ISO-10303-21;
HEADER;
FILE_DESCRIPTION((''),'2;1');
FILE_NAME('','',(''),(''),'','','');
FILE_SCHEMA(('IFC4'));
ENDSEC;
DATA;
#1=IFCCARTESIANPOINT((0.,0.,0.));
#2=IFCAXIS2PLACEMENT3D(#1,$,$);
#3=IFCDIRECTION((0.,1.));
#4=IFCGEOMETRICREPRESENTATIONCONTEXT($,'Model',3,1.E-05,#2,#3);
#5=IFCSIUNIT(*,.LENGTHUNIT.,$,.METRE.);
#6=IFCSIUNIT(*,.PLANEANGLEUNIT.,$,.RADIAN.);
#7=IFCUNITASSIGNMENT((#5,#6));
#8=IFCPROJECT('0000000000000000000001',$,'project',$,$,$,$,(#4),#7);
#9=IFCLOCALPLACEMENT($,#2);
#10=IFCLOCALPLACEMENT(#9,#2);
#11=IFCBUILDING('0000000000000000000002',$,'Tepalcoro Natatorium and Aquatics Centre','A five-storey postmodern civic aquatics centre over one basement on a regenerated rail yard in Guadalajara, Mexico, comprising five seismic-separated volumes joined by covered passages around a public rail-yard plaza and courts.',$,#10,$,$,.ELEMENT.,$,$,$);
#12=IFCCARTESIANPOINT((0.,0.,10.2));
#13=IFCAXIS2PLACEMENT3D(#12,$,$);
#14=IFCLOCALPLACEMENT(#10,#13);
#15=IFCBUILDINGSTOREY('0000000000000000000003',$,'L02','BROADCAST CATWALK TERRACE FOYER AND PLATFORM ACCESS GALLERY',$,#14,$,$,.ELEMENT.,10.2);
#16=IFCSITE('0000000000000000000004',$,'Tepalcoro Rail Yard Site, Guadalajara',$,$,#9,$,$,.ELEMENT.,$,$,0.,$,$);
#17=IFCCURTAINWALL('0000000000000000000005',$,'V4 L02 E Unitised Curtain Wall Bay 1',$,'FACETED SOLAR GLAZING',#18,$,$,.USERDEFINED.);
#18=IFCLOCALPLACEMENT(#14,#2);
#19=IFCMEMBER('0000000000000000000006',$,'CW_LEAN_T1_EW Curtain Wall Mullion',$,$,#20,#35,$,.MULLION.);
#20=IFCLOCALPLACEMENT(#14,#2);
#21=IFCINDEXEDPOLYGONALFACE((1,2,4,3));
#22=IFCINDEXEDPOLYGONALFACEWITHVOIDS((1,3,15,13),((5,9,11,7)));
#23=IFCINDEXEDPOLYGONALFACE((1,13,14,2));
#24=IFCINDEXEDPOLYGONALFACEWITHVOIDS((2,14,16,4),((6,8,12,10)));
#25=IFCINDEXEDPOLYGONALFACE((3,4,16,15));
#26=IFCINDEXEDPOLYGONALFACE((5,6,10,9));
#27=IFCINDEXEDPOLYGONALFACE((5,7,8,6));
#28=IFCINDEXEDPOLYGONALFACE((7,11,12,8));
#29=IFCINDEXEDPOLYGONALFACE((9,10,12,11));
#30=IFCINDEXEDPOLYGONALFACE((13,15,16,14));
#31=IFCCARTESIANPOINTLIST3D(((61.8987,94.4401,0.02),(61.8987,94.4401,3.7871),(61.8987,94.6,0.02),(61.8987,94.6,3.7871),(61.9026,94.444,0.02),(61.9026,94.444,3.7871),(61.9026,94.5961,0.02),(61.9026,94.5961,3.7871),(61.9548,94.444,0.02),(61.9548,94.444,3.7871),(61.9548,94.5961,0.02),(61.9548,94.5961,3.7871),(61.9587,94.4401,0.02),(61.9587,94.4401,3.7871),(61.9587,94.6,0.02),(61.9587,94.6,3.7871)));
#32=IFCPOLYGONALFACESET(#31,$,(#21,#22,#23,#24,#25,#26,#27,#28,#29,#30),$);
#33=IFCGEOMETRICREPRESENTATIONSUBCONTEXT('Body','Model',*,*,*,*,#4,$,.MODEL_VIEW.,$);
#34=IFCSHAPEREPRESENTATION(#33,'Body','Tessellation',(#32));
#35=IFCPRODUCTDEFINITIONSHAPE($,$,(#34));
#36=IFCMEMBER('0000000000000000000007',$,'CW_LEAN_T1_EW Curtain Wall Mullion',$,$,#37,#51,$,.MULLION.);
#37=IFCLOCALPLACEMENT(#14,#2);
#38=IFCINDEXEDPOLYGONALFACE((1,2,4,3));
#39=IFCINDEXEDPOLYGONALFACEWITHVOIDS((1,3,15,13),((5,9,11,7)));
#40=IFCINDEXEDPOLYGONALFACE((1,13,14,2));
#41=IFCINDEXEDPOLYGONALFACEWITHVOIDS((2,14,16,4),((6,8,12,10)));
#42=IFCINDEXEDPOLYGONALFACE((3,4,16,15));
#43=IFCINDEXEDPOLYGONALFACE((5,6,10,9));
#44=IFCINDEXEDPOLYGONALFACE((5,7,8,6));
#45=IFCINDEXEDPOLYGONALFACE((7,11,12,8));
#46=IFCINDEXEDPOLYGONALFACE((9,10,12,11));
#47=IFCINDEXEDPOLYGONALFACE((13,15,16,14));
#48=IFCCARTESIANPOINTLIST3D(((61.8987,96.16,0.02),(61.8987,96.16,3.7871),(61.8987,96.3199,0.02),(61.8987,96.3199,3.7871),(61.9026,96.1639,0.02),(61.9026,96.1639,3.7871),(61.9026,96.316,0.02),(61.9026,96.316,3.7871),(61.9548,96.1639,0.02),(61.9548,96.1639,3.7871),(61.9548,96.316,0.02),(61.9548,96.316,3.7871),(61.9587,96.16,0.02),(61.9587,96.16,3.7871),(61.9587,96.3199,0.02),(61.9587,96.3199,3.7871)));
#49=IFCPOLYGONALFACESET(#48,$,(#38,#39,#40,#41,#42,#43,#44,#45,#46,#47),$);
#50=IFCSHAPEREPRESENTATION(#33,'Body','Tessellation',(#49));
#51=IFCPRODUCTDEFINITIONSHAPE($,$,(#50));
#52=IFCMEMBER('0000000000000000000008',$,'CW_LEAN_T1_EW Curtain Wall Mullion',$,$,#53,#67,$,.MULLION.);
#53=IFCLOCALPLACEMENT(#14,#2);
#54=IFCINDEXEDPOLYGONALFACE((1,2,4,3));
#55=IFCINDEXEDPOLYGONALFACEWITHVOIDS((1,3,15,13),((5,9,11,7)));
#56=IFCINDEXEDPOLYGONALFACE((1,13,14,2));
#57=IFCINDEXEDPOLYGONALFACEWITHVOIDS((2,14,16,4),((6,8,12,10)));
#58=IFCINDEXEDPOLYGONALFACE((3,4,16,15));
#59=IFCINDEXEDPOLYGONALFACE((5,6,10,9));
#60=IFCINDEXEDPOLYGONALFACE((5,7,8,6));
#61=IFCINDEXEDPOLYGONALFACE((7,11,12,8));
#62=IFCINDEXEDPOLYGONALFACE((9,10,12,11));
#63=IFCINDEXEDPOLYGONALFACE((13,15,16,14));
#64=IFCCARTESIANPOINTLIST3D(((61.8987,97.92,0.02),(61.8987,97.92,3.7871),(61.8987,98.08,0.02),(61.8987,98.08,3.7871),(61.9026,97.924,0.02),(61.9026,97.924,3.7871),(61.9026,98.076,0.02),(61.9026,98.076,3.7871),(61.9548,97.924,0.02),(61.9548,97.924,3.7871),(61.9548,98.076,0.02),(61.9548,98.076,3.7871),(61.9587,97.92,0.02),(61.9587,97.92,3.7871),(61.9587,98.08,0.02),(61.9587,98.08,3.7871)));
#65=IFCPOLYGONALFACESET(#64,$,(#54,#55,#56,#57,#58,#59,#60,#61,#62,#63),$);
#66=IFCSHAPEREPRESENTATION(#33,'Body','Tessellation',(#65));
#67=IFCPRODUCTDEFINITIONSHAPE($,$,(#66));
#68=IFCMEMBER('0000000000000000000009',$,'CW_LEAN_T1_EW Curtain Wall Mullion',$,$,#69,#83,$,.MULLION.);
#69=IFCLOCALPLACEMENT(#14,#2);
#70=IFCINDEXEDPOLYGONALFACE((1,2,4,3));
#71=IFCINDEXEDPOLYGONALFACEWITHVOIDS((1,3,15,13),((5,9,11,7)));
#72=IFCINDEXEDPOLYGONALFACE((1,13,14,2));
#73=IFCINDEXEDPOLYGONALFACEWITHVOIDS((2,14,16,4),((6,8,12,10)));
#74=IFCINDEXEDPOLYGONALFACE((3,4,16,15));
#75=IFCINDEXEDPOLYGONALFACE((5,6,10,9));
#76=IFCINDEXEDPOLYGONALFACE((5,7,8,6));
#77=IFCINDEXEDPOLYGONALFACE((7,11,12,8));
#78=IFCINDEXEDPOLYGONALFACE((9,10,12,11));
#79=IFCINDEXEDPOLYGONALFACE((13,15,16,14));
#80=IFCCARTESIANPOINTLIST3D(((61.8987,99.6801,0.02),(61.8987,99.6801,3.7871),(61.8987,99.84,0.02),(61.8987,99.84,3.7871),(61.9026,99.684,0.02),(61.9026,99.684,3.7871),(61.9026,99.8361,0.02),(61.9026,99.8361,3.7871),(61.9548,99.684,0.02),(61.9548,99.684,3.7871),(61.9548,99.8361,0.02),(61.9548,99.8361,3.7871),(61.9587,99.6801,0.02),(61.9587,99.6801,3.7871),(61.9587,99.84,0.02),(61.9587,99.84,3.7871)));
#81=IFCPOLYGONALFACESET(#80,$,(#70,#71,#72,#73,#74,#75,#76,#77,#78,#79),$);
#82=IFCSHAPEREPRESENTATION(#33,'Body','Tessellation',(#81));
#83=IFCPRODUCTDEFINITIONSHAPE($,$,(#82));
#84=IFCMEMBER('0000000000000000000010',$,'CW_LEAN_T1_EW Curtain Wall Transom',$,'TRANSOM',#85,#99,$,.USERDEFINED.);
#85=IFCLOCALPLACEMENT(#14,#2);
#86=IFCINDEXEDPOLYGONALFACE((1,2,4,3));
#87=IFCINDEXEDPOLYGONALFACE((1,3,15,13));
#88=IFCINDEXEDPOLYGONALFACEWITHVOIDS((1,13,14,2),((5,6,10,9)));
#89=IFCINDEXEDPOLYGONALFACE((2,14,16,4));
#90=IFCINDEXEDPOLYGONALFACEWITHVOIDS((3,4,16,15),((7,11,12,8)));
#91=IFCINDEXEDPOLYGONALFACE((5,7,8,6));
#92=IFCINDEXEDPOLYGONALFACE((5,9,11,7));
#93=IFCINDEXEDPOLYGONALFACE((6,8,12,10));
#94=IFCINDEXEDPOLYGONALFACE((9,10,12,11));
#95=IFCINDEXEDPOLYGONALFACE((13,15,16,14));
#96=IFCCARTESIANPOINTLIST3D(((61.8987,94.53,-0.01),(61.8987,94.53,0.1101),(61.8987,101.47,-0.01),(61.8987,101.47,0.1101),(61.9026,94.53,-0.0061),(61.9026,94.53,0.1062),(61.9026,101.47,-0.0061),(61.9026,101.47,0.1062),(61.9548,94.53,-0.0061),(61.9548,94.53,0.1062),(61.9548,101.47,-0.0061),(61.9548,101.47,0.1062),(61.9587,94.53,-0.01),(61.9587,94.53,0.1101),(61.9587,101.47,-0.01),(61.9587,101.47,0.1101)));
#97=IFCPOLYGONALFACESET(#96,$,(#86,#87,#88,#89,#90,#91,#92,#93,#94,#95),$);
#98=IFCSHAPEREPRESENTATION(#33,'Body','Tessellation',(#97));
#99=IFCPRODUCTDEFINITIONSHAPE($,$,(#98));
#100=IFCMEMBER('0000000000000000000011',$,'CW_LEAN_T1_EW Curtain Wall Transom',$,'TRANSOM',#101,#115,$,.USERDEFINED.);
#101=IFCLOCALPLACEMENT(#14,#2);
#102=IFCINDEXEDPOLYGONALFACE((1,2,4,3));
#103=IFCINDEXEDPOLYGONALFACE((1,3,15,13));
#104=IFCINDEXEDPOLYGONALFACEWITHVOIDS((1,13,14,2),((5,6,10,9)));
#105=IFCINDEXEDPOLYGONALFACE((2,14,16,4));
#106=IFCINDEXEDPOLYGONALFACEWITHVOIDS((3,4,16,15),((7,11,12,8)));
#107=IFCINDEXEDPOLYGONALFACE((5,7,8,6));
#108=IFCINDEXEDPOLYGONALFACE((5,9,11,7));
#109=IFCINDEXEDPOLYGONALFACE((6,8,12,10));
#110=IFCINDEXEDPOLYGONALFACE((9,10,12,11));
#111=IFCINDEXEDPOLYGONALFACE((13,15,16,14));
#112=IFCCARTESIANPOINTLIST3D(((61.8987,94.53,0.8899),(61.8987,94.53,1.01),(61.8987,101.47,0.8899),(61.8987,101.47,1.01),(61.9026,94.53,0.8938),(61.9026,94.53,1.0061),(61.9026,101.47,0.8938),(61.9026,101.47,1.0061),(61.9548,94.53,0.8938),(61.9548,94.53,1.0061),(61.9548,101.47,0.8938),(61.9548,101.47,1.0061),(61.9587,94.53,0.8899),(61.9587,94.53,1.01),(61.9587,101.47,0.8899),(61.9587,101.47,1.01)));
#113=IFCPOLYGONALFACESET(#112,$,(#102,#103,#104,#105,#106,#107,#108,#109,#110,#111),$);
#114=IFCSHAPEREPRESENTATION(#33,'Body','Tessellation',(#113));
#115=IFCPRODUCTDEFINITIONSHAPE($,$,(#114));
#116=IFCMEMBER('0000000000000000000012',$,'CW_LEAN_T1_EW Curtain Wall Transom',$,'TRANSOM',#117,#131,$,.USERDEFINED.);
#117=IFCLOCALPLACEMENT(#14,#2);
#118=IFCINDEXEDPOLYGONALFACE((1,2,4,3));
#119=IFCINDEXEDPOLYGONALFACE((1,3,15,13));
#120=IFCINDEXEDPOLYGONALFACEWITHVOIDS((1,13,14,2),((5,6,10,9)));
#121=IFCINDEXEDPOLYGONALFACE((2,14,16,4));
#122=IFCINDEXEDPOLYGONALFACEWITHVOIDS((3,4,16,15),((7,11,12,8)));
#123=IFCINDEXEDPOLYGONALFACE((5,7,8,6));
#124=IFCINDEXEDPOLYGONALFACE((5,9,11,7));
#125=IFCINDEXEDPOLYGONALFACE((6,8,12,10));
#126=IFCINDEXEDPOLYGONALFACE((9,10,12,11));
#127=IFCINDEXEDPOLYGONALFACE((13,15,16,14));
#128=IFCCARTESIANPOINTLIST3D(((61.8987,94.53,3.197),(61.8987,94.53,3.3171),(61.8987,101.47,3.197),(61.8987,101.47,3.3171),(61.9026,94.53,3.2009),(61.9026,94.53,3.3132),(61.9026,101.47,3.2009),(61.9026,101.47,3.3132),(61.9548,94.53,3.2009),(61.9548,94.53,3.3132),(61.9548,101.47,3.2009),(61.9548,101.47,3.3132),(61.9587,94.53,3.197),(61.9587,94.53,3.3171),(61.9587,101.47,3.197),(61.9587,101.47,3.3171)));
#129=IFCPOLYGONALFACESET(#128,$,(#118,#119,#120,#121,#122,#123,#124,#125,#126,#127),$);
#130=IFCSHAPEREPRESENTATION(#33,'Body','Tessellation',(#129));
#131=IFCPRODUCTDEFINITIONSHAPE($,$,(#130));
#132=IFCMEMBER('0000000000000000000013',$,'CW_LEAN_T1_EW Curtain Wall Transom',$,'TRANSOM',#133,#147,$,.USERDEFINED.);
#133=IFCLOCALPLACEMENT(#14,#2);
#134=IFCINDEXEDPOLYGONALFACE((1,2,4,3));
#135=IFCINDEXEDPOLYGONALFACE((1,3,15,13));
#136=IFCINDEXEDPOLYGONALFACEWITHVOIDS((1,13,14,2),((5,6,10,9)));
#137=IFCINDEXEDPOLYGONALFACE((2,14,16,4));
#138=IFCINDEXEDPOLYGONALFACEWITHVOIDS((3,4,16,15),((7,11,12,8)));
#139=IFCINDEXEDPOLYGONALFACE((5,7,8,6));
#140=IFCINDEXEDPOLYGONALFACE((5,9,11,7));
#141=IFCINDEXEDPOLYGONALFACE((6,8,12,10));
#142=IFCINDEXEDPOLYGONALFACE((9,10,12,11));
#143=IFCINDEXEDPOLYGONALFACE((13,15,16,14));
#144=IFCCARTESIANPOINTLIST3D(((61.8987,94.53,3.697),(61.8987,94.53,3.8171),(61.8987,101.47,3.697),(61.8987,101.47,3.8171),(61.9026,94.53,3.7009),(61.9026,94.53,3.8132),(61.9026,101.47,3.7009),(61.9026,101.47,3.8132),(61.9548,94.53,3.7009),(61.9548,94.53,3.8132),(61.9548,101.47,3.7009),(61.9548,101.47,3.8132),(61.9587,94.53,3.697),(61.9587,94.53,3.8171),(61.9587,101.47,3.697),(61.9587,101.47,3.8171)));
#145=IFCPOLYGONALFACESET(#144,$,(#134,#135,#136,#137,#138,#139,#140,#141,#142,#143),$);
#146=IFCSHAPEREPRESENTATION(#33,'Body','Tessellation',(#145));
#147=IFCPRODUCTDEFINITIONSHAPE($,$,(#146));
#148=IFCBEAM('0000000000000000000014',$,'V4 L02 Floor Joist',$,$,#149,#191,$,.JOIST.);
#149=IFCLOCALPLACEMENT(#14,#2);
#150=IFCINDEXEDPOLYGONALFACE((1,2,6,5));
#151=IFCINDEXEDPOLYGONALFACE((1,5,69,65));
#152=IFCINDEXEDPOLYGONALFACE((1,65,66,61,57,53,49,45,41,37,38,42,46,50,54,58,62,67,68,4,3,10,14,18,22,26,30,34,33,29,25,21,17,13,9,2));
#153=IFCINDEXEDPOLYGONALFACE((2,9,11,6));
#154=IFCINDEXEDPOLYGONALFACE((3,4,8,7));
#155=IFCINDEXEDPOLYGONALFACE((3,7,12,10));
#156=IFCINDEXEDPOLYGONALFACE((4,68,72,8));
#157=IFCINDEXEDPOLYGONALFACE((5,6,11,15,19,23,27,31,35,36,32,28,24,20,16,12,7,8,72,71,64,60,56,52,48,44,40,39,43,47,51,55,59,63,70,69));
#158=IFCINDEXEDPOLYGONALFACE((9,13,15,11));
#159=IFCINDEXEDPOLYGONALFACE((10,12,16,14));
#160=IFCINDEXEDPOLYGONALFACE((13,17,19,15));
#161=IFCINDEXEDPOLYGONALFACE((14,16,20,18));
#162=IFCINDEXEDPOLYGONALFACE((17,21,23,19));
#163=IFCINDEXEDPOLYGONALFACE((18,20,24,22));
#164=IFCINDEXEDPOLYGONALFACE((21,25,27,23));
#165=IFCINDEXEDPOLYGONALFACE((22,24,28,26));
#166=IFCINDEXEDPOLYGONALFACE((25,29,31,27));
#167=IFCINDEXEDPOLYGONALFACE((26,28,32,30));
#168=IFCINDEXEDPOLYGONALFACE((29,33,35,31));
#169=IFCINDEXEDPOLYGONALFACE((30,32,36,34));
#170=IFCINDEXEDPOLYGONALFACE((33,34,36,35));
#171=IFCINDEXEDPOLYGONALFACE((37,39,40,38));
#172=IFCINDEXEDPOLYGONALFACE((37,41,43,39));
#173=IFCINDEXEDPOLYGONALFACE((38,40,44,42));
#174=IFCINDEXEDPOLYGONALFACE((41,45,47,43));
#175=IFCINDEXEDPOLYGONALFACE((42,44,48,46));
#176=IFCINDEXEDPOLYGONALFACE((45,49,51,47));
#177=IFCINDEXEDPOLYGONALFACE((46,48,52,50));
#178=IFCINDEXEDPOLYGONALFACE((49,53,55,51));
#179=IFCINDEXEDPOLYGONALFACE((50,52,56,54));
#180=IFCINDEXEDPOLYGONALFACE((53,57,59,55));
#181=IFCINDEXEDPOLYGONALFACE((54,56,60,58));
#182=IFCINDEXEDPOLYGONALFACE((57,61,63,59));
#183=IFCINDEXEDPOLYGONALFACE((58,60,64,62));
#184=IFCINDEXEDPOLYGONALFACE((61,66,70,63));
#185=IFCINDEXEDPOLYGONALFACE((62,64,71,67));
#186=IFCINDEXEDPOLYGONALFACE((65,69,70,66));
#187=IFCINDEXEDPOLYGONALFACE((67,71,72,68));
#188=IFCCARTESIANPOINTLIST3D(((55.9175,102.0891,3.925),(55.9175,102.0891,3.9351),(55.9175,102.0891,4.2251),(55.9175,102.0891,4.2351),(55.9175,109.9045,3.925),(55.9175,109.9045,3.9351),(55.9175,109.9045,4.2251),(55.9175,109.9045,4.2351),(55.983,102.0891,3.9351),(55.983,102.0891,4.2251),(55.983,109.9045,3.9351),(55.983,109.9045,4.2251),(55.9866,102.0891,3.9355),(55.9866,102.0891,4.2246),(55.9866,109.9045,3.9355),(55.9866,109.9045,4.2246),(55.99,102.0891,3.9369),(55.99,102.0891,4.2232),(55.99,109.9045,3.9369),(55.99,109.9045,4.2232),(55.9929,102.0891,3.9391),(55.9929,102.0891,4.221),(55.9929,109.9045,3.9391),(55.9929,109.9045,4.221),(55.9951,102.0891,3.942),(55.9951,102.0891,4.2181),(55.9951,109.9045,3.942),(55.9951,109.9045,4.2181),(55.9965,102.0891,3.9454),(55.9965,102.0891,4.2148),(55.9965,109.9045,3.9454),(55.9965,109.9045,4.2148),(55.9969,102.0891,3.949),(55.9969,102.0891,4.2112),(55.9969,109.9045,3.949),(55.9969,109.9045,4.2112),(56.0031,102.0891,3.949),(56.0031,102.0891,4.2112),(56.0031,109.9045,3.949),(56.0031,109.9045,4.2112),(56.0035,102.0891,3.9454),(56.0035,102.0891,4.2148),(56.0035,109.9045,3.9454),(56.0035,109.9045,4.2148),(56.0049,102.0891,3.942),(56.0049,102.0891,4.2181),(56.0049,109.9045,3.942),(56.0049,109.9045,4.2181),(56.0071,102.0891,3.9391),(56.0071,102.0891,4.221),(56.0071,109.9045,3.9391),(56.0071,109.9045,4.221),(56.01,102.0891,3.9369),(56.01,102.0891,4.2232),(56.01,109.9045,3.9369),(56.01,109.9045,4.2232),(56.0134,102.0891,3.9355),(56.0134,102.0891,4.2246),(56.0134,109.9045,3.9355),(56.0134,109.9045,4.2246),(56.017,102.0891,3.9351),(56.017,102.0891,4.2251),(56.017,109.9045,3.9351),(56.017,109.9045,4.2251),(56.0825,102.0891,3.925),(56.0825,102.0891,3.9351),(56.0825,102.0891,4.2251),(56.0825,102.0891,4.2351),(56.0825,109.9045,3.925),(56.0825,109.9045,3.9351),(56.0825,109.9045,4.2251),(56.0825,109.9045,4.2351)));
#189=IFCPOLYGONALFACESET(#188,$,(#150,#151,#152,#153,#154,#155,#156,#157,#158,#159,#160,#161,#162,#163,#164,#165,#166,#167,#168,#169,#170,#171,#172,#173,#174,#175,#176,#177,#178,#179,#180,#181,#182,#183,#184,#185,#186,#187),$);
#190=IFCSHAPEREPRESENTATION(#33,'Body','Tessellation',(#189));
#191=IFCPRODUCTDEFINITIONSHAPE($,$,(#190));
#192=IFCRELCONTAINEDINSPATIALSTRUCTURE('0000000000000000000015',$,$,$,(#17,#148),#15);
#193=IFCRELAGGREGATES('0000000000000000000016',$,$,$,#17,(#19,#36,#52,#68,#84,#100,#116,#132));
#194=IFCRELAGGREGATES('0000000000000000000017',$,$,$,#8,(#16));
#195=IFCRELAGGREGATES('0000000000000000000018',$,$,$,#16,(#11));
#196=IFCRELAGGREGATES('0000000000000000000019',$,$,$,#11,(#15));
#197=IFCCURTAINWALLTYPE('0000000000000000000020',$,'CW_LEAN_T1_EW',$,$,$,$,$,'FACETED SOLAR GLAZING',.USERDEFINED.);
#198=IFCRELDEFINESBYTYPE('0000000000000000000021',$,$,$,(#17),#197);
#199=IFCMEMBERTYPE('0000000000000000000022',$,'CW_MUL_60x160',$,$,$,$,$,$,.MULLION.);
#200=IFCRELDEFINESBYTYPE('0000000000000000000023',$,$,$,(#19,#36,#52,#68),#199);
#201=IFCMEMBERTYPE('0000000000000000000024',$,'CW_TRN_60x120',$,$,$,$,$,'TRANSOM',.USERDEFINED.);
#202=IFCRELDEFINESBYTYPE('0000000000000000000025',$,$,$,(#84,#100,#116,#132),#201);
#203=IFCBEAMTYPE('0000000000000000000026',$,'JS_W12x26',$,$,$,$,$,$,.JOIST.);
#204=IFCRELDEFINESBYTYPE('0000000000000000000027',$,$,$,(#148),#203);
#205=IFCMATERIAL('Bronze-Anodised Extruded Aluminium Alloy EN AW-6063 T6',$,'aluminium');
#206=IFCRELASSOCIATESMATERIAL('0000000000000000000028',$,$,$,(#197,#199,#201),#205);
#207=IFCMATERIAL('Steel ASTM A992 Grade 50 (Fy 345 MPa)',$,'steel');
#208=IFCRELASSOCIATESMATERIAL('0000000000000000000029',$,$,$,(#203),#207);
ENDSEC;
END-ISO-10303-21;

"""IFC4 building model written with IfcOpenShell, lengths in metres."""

from ifc_helpers import new_model, si_unit, direction, frame, origin, origin_2d, place, context, subcontext, project, spatial, hollow_rectangle, i_section, extrude, material, material_profile, profile_set, type_object, element, aggregate, save


model = new_model("IFC4")

# Units and contexts
model_context = context("Model", 3, precision=1e-05, world=origin(), true_north=direction((0.0, 1.0)))
body_context = subcontext(model_context, "Body", "Model", "MODEL_VIEW")
ifc_project = project(units=[si_unit("LENGTHUNIT", "METRE"), si_unit("PLANEANGLEUNIT", "RADIAN")], contexts=[model_context])

# Site, building, storey
site_placement = place(None, origin())
site = spatial("IfcSite", under=ifc_project, at=site_placement, Name="Tepalcoro Rail Yard Site, Guadalajara", CompositionType="ELEMENT", RefElevation=0.0)
building_placement = place(site_placement, origin())
building = spatial("IfcBuilding", under=site, at=building_placement, Name="Tepalcoro Natatorium and Aquatics Centre", Description="A five-storey postmodern civic aquatics centre over one basement on a regenerated rail yard in Guadalajara, Mexico, comprising five seismic-separated volumes joined by covered passages around a public rail-yard plaza and courts.", CompositionType="ELEMENT")
storey_placement = place(building_placement, frame((0.0, 0.0, 10.2)))
storey = spatial("IfcBuildingStorey", under=building, at=storey_placement, Name="L02", Description="BROADCAST CATWALK TERRACE FOYER AND PLATFORM ACCESS GALLERY", CompositionType="ELEMENT", Elevation=10.2)

# Curtain wall, members
ifc_material_1 = material(Name="Bronze-Anodised Extruded Aluminium Alloy EN AW-6063 T6", Category="aluminium")
curtain_wall_type = type_object("IfcCurtainWallType", Name="CW_LEAN_T1_EW", ElementType="FACETED SOLAR GLAZING", PredefinedType="USERDEFINED", material=ifc_material_1)
curtain_wall_placement = place(storey_placement, origin())
curtain_wall = element("IfcCurtainWall", 1, at=curtain_wall_placement, inside=storey, type_object=curtain_wall_type, Name="V4 L02 E Unitised Curtain Wall Bay 1", ObjectType="FACETED SOLAR GLAZING", PredefinedType="USERDEFINED")
ifc_material_profile_1 = material_profile(ifc_material_1, hollow_rectangle(XDim=0.0601, YDim=0.1599, WallThickness=0.0039, at=origin_2d()), Name="AL60X160X4")
ifc_profile_set_1 = profile_set([ifc_material_profile_1], Name="Bronze-Anodised Extruded Aluminium Alloy EN AW-6063 T6")
member_type_1 = type_object("IfcMemberType", Name="CW_MUL_60x160", PredefinedType="MULLION", material=ifc_profile_set_1)
member_1_placement = place(storey_placement, frame((61.9287, 94.52, 0.02), z_axis=(0.0, 0.0, 1.0), x_axis=(1.0, 0.0, 0.0)))
member_1 = element("IfcMember", 2, at=member_1_placement, type_object=member_type_1, Name="CW_LEAN_T1_EW Curtain Wall Mullion", PredefinedType="MULLION", context=body_context, shape_type="SweptSolid", body=[
    extrude(hollow_rectangle(XDim=0.0601, YDim=0.1599, WallThickness=0.0039, at=origin_2d()), origin(), (0.0, 0.0, 1.0), 3.7671),
])
member_2_placement = place(storey_placement, frame((61.9287, 96.24, 0.02), z_axis=(0.0, 0.0, 1.0), x_axis=(1.0, 0.0, 0.0)))
member_2 = element("IfcMember", 3, at=member_2_placement, type_object=member_type_1, Name="CW_LEAN_T1_EW Curtain Wall Mullion", PredefinedType="MULLION", context=body_context, shape_type="SweptSolid", body=[
    extrude(hollow_rectangle(XDim=0.0601, YDim=0.1599, WallThickness=0.0039, at=origin_2d()), origin(), (0.0, 0.0, 1.0), 3.7671),
])
member_3_placement = place(storey_placement, frame((61.9287, 98.0, 0.02), z_axis=(0.0, 0.0, 1.0), x_axis=(1.0, 0.0, 0.0)))
member_3 = element("IfcMember", 4, at=member_3_placement, type_object=member_type_1, Name="CW_LEAN_T1_EW Curtain Wall Mullion", PredefinedType="MULLION", context=body_context, shape_type="SweptSolid", body=[
    extrude(hollow_rectangle(XDim=0.0601, YDim=0.1599, WallThickness=0.0039, at=origin_2d()), origin(), (0.0, 0.0, 1.0), 3.7671),
])
member_4_placement = place(storey_placement, frame((61.9287, 99.76, 0.02), z_axis=(0.0, 0.0, 1.0), x_axis=(1.0, 0.0, 0.0)))
member_4 = element("IfcMember", 5, at=member_4_placement, type_object=member_type_1, Name="CW_LEAN_T1_EW Curtain Wall Mullion", PredefinedType="MULLION", context=body_context, shape_type="SweptSolid", body=[
    extrude(hollow_rectangle(XDim=0.0601, YDim=0.1599, WallThickness=0.0039, at=origin_2d()), origin(), (0.0, 0.0, 1.0), 3.7671),
])
ifc_material_profile_2 = material_profile(ifc_material_1, hollow_rectangle(XDim=0.0601, YDim=0.1201, WallThickness=0.0039, at=origin_2d()), Name="AL60X120X4")
ifc_profile_set_2 = profile_set([ifc_material_profile_2], Name="Bronze-Anodised Extruded Aluminium Alloy EN AW-6063 T6")
member_type_2 = type_object("IfcMemberType", Name="CW_TRN_60x120", ElementType="TRANSOM", PredefinedType="USERDEFINED", material=ifc_profile_set_2)
member_5_placement = place(storey_placement, frame((61.9287, 94.53, 0.05), z_axis=(0.0, 1.0, 0.0), x_axis=(-1.0, 0.0, 0.0)))
member_5 = element("IfcMember", 6, at=member_5_placement, type_object=member_type_2, Name="CW_LEAN_T1_EW Curtain Wall Transom", ObjectType="TRANSOM", PredefinedType="USERDEFINED", context=body_context, shape_type="SweptSolid", body=[
    extrude(hollow_rectangle(XDim=0.0601, YDim=0.1201, WallThickness=0.0039, at=origin_2d()), origin(), (0.0, 0.0, 1.0), 6.9399),
])
member_6_placement = place(storey_placement, frame((61.9287, 94.53, 0.95), z_axis=(0.0, 1.0, 0.0), x_axis=(-1.0, 0.0, 0.0)))
member_6 = element("IfcMember", 7, at=member_6_placement, type_object=member_type_2, Name="CW_LEAN_T1_EW Curtain Wall Transom", ObjectType="TRANSOM", PredefinedType="USERDEFINED", context=body_context, shape_type="SweptSolid", body=[
    extrude(hollow_rectangle(XDim=0.0601, YDim=0.1201, WallThickness=0.0039, at=origin_2d()), origin(), (0.0, 0.0, 1.0), 6.9399),
])
member_7_placement = place(storey_placement, frame((61.9287, 94.53, 3.2571), z_axis=(0.0, 1.0, 0.0), x_axis=(-1.0, 0.0, 0.0)))
member_7 = element("IfcMember", 8, at=member_7_placement, type_object=member_type_2, Name="CW_LEAN_T1_EW Curtain Wall Transom", ObjectType="TRANSOM", PredefinedType="USERDEFINED", context=body_context, shape_type="SweptSolid", body=[
    extrude(hollow_rectangle(XDim=0.0601, YDim=0.1201, WallThickness=0.0039, at=origin_2d()), origin(), (0.0, 0.0, 1.0), 6.9399),
])
member_8_placement = place(storey_placement, frame((61.9287, 94.53, 3.7571), z_axis=(0.0, 1.0, 0.0), x_axis=(-1.0, 0.0, 0.0)))
member_8 = element("IfcMember", 9, at=member_8_placement, type_object=member_type_2, Name="CW_LEAN_T1_EW Curtain Wall Transom", ObjectType="TRANSOM", PredefinedType="USERDEFINED", context=body_context, shape_type="SweptSolid", body=[
    extrude(hollow_rectangle(XDim=0.0601, YDim=0.1201, WallThickness=0.0039, at=origin_2d()), origin(), (0.0, 0.0, 1.0), 6.9399),
])

# Beam
ifc_material_2 = material(Name="Steel ASTM A992 Grade 50 (Fy 345 MPa)", Category="steel")
ifc_material_profile_3 = material_profile(ifc_material_2, i_section(OverallWidth=0.165, OverallDepth=0.3101, WebThickness=0.0061, FlangeThickness=0.01, FilletRadius=0.0139, at=origin_2d()), Name="W12X26")
ifc_profile_set_3 = profile_set([ifc_material_profile_3], Name="Steel ASTM A992 Grade 50 (Fy 345 MPa)")
beam_type_1 = type_object("IfcBeamType", Name="JS_W12x26", PredefinedType="JOIST", material=ifc_profile_set_3)
beam_1_placement = place(storey_placement, frame((56.0, 102.0891, 4.0801), z_axis=(0.0, 1.0, 0.0), x_axis=(-1.0, 0.0, 0.0)))
element("IfcBeam", 10, at=beam_1_placement, inside=storey, type_object=beam_type_1, Name="V4 L02 Floor Joist", PredefinedType="JOIST", context=body_context, shape_type="SweptSolid", body=[
    extrude(i_section(OverallWidth=0.165, OverallDepth=0.3101, WebThickness=0.0061, FlangeThickness=0.01, FilletRadius=0.0139, at=origin_2d()), origin(), (0.0, 0.0, 1.0), 7.8154),
])

aggregate(curtain_wall, [member_1, member_2, member_3, member_4, member_5, member_6, member_7, member_8])

save(model, "model.ifc")
